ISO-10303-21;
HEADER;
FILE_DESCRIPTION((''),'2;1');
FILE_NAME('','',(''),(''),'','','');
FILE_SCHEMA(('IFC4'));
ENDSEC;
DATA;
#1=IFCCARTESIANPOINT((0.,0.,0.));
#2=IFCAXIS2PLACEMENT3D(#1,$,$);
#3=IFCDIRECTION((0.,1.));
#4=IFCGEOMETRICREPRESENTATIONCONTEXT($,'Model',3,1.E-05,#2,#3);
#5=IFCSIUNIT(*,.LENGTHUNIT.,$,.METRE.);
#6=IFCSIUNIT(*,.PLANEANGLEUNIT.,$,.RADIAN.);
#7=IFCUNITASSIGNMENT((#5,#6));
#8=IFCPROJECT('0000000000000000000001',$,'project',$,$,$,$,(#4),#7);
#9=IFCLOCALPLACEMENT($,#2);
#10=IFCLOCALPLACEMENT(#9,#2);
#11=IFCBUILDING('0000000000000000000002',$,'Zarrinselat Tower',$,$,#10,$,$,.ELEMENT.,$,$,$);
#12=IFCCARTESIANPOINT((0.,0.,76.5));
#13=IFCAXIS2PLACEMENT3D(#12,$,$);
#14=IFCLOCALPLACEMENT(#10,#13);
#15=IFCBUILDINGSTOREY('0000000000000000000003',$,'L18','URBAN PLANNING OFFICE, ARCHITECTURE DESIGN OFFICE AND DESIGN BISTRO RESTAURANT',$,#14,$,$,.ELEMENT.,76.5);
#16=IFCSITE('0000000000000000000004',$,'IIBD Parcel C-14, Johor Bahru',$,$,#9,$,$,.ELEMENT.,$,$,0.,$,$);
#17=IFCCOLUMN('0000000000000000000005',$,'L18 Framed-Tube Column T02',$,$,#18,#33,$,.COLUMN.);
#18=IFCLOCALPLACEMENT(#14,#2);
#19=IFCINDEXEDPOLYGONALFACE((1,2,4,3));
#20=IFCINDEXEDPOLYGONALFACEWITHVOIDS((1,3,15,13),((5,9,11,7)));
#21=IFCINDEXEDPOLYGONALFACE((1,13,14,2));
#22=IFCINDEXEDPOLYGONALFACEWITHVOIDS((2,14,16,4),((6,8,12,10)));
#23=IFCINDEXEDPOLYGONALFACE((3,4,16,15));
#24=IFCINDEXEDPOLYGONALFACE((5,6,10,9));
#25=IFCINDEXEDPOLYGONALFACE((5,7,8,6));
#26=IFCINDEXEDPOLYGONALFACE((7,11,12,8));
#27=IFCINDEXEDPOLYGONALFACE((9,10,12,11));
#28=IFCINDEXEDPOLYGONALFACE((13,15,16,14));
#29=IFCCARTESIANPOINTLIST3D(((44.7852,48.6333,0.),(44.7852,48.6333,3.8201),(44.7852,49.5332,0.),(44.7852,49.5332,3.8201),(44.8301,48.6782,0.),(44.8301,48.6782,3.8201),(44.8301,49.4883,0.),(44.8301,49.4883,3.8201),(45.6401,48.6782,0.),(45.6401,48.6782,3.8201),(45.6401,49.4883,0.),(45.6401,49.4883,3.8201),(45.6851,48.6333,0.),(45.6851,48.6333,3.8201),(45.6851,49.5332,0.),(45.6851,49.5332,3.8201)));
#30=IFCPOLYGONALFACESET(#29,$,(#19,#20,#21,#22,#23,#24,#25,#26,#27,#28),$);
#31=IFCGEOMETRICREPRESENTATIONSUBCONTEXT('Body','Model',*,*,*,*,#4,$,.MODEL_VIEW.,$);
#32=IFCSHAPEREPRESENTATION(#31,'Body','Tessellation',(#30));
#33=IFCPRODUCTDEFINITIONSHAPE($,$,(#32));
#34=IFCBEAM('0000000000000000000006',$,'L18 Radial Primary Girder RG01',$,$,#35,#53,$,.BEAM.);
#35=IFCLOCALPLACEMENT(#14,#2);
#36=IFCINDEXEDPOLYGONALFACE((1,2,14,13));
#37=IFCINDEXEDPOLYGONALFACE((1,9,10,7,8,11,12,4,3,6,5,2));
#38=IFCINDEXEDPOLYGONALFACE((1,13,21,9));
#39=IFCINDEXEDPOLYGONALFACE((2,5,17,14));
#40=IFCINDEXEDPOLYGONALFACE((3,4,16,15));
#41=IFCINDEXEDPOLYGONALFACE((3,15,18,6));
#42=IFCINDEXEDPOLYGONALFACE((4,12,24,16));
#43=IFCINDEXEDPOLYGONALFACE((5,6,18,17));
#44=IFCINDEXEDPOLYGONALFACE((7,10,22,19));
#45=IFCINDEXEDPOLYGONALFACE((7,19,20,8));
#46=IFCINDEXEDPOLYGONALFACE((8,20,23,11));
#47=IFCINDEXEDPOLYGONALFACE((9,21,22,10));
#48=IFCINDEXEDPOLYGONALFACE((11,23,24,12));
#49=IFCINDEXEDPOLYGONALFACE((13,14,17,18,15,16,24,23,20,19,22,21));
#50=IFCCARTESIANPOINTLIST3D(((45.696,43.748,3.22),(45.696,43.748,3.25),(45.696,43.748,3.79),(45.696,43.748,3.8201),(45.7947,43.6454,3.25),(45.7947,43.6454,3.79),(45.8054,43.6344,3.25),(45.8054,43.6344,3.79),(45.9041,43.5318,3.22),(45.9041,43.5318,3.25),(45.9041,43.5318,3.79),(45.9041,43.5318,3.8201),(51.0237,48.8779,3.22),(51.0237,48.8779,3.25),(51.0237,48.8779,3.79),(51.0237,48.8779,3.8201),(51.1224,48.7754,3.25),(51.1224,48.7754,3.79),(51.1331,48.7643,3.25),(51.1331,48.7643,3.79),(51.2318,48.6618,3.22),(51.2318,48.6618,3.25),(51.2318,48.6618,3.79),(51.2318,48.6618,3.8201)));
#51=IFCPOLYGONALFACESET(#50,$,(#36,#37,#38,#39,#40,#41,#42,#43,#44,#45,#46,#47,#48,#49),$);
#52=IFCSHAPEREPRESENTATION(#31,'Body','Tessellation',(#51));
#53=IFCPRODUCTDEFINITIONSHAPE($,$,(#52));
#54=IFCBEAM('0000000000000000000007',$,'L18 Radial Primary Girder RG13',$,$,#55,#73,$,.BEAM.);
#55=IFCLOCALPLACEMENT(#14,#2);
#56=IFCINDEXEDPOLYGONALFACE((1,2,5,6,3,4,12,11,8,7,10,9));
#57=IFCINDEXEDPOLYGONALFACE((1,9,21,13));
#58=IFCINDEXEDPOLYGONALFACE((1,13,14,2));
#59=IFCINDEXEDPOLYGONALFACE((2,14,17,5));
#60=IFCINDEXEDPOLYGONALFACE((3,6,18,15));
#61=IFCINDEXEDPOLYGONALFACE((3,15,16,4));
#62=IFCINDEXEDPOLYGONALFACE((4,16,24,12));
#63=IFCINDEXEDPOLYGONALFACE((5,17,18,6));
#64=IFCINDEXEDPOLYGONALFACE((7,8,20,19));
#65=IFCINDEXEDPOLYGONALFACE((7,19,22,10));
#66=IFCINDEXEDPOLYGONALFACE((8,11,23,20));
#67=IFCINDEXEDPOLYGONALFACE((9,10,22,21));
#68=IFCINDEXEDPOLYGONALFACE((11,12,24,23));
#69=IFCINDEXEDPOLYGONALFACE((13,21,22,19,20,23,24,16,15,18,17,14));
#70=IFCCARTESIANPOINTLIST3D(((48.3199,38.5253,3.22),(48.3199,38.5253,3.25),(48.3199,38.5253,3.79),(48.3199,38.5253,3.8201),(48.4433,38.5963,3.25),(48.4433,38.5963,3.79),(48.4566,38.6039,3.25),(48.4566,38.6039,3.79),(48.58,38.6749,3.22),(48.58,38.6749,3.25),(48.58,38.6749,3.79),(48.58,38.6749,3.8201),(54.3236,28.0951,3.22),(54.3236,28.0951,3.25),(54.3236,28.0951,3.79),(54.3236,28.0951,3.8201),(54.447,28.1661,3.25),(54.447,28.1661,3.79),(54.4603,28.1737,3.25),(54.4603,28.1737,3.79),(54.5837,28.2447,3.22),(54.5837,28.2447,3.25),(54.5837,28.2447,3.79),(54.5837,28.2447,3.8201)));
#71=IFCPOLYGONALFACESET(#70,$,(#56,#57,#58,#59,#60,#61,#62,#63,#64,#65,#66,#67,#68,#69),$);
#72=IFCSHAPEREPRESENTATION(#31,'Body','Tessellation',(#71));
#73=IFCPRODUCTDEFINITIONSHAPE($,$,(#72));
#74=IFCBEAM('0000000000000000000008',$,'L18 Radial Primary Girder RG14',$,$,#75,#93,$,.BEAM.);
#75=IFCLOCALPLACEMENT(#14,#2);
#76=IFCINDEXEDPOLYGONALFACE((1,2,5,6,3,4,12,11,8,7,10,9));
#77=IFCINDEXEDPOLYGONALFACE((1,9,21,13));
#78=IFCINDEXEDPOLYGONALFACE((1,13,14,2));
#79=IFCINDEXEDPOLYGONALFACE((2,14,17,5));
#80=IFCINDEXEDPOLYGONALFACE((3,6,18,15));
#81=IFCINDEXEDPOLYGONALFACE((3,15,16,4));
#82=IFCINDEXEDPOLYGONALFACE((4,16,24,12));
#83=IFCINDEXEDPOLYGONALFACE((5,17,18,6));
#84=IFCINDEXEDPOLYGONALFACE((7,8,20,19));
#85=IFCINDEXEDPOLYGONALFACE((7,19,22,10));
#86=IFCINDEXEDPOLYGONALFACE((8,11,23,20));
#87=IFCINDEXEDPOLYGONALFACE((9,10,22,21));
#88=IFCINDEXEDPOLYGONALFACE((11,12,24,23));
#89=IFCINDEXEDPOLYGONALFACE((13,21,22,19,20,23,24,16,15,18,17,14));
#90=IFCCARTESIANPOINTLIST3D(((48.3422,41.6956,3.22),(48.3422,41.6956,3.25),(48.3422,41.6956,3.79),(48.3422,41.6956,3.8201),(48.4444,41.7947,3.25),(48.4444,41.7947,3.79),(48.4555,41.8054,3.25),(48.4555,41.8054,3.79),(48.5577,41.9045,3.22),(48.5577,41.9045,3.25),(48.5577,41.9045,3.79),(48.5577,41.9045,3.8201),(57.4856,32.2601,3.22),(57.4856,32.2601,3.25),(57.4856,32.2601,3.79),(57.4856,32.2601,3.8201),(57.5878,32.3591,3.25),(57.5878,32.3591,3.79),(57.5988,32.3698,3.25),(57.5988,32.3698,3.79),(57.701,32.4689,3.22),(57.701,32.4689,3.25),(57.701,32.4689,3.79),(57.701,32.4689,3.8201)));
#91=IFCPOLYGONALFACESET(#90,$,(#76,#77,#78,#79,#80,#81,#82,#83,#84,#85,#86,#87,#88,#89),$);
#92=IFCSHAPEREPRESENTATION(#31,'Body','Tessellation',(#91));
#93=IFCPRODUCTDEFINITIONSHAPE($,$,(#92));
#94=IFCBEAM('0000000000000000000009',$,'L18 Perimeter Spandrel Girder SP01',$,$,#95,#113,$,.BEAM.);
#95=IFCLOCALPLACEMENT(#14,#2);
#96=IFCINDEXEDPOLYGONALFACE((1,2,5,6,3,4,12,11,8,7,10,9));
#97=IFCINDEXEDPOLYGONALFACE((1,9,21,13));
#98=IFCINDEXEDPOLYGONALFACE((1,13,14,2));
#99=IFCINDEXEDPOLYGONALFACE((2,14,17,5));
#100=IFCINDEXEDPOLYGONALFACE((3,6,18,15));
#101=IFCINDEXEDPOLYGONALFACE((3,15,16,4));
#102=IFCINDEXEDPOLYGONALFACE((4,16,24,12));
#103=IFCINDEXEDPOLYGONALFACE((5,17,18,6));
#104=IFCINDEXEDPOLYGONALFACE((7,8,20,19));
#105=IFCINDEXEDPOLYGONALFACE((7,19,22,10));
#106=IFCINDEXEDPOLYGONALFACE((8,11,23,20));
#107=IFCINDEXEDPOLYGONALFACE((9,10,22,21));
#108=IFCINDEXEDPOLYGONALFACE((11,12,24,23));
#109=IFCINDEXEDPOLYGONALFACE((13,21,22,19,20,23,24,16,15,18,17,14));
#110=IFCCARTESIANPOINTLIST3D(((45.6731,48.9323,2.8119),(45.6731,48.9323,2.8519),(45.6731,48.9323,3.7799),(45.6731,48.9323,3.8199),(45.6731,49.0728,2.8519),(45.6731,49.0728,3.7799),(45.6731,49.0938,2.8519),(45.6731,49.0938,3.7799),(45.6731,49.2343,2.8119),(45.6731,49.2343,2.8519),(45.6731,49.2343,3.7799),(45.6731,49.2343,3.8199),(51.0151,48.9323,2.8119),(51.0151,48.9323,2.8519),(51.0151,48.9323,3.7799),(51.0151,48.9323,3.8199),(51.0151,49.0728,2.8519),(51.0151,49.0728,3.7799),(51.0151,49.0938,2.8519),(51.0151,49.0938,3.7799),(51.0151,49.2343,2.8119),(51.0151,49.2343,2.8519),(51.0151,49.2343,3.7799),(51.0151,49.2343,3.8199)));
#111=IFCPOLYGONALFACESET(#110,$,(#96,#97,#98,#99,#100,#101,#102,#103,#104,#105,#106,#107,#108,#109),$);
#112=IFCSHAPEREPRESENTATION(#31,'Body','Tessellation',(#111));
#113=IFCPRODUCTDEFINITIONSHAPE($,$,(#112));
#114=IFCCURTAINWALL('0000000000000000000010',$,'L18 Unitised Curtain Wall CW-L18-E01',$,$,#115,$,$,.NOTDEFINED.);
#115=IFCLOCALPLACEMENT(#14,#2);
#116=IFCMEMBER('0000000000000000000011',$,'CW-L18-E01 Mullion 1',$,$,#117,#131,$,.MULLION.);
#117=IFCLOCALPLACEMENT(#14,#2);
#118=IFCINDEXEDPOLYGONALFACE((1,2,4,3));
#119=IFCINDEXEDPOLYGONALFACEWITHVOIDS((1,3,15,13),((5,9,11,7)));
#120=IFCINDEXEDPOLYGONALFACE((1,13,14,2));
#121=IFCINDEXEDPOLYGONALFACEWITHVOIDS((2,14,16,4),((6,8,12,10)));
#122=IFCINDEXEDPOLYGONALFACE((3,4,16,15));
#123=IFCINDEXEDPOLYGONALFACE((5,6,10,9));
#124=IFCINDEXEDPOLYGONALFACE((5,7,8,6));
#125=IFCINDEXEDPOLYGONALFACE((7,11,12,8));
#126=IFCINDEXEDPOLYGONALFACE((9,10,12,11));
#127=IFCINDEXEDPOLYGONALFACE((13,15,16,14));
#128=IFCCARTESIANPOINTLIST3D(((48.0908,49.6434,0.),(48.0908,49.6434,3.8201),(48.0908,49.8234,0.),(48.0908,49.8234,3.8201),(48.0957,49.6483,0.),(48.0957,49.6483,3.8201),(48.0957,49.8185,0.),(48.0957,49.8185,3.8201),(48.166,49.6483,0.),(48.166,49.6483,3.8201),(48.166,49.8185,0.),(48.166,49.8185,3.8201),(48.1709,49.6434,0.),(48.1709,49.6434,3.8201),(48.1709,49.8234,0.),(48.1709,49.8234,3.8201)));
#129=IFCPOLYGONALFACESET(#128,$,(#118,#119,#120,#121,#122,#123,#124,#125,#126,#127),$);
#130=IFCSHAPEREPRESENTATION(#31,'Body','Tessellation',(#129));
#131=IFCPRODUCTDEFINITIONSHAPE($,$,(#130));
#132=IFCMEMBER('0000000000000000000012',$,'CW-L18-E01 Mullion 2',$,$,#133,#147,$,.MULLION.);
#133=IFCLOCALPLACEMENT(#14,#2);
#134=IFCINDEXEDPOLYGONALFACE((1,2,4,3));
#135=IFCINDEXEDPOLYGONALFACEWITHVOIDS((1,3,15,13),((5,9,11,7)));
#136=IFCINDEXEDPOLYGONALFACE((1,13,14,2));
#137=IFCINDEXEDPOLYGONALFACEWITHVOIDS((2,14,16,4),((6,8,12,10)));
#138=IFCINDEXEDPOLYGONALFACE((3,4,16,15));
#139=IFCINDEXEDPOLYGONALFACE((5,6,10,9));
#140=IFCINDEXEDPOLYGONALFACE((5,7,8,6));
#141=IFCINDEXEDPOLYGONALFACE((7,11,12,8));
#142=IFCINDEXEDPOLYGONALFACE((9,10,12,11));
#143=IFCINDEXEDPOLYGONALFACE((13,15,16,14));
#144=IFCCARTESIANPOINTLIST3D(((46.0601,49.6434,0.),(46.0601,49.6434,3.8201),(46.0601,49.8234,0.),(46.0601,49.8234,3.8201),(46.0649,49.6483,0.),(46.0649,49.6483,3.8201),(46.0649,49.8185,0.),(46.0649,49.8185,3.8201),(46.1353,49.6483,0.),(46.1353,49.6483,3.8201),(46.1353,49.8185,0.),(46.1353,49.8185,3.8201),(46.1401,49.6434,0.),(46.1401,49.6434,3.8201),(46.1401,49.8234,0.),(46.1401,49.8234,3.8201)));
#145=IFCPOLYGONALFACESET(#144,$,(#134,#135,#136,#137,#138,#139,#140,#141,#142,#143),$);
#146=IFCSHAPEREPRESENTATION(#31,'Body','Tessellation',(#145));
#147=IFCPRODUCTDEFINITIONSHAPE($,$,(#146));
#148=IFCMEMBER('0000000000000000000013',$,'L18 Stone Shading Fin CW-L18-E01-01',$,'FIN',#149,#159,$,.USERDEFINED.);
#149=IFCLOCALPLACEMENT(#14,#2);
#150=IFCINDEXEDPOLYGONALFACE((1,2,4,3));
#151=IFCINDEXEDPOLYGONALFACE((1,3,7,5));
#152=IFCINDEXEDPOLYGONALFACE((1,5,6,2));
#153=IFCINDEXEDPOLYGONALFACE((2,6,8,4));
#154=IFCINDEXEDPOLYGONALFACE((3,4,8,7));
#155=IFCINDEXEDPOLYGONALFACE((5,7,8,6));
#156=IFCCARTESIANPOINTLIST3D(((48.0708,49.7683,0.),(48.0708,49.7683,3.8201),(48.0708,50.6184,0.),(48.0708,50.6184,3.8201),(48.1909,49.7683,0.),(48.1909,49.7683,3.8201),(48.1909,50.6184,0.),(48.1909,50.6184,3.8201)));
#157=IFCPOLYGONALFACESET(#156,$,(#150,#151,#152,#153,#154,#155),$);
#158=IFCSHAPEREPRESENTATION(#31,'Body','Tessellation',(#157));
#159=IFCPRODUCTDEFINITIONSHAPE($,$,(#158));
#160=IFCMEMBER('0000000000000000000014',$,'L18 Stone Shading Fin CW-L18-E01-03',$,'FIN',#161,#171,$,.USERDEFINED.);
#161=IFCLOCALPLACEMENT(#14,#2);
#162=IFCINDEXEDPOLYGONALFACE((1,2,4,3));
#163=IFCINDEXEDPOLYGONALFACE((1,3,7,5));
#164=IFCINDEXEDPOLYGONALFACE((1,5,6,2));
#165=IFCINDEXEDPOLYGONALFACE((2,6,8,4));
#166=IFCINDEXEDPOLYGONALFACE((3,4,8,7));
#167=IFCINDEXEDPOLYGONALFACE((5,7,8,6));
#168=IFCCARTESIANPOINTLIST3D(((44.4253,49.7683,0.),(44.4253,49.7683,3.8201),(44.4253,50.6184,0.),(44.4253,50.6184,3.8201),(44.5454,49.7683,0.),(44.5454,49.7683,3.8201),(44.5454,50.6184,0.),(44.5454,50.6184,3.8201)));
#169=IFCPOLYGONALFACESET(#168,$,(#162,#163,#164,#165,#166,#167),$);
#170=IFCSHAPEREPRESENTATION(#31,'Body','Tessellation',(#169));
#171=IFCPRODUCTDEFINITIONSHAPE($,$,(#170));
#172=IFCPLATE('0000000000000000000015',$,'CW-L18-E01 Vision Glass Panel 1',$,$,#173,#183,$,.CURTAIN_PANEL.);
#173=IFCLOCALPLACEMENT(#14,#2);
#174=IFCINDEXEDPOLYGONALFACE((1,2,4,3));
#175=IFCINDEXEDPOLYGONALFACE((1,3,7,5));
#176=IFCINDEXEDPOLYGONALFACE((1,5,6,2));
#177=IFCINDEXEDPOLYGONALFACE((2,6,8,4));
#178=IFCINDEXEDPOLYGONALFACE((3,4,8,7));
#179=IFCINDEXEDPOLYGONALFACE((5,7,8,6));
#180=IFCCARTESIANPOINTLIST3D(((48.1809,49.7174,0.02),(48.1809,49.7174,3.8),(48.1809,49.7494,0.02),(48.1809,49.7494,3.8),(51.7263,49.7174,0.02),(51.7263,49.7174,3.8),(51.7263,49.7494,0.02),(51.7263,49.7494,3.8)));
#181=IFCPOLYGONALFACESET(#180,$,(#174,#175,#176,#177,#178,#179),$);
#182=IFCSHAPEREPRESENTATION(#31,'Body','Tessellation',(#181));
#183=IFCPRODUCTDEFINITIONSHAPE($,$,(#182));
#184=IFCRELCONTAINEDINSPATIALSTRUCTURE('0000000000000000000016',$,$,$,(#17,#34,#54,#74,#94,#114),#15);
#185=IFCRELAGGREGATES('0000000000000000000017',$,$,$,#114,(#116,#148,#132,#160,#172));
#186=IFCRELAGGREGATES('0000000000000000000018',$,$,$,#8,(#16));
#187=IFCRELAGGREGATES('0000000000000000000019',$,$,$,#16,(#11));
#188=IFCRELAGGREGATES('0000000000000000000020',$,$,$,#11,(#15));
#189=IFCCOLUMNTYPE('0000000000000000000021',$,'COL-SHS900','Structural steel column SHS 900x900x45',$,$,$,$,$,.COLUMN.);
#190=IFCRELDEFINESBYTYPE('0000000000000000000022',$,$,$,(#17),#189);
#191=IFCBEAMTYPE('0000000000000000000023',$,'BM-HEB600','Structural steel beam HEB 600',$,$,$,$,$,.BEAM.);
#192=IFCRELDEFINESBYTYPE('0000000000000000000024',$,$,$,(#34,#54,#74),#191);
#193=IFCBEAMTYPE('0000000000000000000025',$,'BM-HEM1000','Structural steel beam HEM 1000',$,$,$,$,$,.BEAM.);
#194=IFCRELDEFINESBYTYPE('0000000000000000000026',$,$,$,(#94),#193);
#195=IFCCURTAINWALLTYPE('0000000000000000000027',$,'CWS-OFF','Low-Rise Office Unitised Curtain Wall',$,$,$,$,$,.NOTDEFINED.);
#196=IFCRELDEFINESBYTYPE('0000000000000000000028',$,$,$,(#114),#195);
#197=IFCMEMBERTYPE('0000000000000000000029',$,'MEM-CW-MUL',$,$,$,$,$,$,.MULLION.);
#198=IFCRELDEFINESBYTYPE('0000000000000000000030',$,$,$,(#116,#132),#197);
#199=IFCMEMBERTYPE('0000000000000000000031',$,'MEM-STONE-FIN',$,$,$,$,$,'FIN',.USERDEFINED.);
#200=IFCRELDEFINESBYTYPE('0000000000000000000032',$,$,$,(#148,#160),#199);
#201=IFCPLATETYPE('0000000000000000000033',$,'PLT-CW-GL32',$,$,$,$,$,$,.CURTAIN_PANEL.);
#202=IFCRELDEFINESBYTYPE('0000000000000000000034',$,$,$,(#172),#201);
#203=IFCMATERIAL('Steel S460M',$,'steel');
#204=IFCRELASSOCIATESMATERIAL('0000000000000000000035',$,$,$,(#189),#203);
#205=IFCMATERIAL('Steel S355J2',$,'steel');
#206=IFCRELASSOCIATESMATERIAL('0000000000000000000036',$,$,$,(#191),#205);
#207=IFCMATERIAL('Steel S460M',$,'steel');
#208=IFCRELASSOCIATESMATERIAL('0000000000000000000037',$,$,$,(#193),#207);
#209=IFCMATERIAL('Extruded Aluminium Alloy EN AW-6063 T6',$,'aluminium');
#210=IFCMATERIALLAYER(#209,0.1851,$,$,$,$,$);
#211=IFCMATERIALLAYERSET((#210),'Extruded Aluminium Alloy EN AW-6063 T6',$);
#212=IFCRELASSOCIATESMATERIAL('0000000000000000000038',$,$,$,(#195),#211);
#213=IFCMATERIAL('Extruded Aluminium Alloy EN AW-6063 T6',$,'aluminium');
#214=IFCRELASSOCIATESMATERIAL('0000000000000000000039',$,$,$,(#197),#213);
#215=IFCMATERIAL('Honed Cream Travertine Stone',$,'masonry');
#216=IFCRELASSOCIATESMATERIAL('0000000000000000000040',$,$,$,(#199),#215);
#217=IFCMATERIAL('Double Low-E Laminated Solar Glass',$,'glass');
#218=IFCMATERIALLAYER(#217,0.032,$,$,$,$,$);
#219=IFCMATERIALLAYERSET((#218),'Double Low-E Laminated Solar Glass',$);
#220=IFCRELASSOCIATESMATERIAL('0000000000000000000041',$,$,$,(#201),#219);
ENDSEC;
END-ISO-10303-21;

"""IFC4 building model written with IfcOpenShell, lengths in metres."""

from ifc_helpers import new_model, si_unit, direction, frame, origin, origin_2d, place, context, subcontext, project, spatial, rectangle, hollow_rectangle, i_section, extrude, material, layer, layer_set, material_profile, profile_set, type_object, element, aggregate, save


model = new_model("IFC4")

# Units and contexts
model_context = context("Model", 3, precision=1e-05, world=origin(), true_north=direction((0.0, 1.0)))
body_context = subcontext(model_context, "Body", "Model", "MODEL_VIEW")
ifc_project = project(units=[si_unit("LENGTHUNIT", "METRE"), si_unit("PLANEANGLEUNIT", "RADIAN")], contexts=[model_context])

# Site, building, storey
site_placement = place(None, origin())
site = spatial("IfcSite", under=ifc_project, at=site_placement, Name="IIBD Parcel C-14, Johor Bahru", CompositionType="ELEMENT", RefElevation=0.0)
building_placement = place(site_placement, origin())
building = spatial("IfcBuilding", under=site, at=building_placement, Name="Zarrinselat Tower", CompositionType="ELEMENT")
storey_placement = place(building_placement, frame((0.0, 0.0, 76.5)))
storey = spatial("IfcBuildingStorey", under=building, at=storey_placement, Name="L18", Description="URBAN PLANNING OFFICE, ARCHITECTURE DESIGN OFFICE AND DESIGN BISTRO RESTAURANT", CompositionType="ELEMENT", Elevation=76.5)

# Column
ifc_material_1 = material(Name="Steel S460M", Category="steel")
ifc_material_profile_1 = material_profile(ifc_material_1, hollow_rectangle(XDim=0.8999, YDim=0.8999, WallThickness=0.0449, at=origin_2d()), Name="SHS 900x900x45")
ifc_profile_set_1 = profile_set([ifc_material_profile_1], Name="Steel S460M")
column_type = type_object("IfcColumnType", Name="COL-SHS900", Description="Structural steel column SHS 900x900x45", PredefinedType="COLUMN", material=ifc_profile_set_1)
column_placement = place(storey_placement, frame((45.2351, 49.0833, 0.0), z_axis=(0.0, 0.0, 1.0), x_axis=(1.0, 0.0, 0.0)))
element("IfcColumn", 1, at=column_placement, inside=storey, type_object=column_type, Name="L18 Framed-Tube Column T02", PredefinedType="COLUMN", context=body_context, shape_type="SweptSolid", body=[
    extrude(hollow_rectangle(XDim=0.8999, YDim=0.8999, WallThickness=0.0449, at=origin_2d()), origin(), (0.0, 0.0, 1.0), 3.8201),
])

# Beams
ifc_material_2 = material(Name="Steel S355J2", Category="steel")
ifc_material_profile_2 = material_profile(ifc_material_2, i_section(OverallWidth=0.3, OverallDepth=0.6001, WebThickness=0.0154, FlangeThickness=0.03, at=origin_2d()), Name="HEB 600")
ifc_profile_set_2 = profile_set([ifc_material_profile_2], Name="Steel S355J2")
beam_type_1 = type_object("IfcBeamType", Name="BM-HEB600", Description="Structural steel beam HEB 600", PredefinedType="BEAM", material=ifc_profile_set_2)
beam_1_placement = place(storey_placement, frame((45.8, 43.6399, 3.52), z_axis=(0.72035, 0.693611, 0.0), x_axis=(-0.693611, 0.72035, 0.0)))
element("IfcBeam", 2, at=beam_1_placement, inside=storey, type_object=beam_type_1, Name="L18 Radial Primary Girder RG01", PredefinedType="BEAM", context=body_context, shape_type="SweptSolid", body=[
    extrude(i_section(OverallWidth=0.3, OverallDepth=0.6001, WebThickness=0.0154, FlangeThickness=0.03, at=origin_2d()), origin(), (0.0, 0.0, 1.0), 7.396),
])
beam_2_placement = place(storey_placement, frame((48.45, 38.6001, 3.52), z_axis=(0.498865, -0.86668, 0.0), x_axis=(0.86668, 0.498865, 0.0)))
element("IfcBeam", 3, at=beam_2_placement, inside=storey, type_object=beam_type_1, Name="L18 Radial Primary Girder RG13", PredefinedType="BEAM", context=body_context, shape_type="SweptSolid", body=[
    extrude(i_section(OverallWidth=0.3, OverallDepth=0.6001, WebThickness=0.0154, FlangeThickness=0.03, at=origin_2d()), origin(), (0.0, 0.0, 1.0), 12.0347),
])
beam_3_placement = place(storey_placement, frame((48.45, 41.8, 3.52), z_axis=(0.695898, -0.71814, 0.0), x_axis=(0.71814, 0.695898, 0.0)))
element("IfcBeam", 4, at=beam_3_placement, inside=storey, type_object=beam_type_1, Name="L18 Radial Primary Girder RG14", PredefinedType="BEAM", context=body_context, shape_type="SweptSolid", body=[
    extrude(i_section(OverallWidth=0.3, OverallDepth=0.6001, WebThickness=0.0154, FlangeThickness=0.03, at=origin_2d()), origin(), (0.0, 0.0, 1.0), 13.1389),
])
ifc_material_3 = material(Name="Steel S460M", Category="steel")
ifc_material_profile_3 = material_profile(ifc_material_3, i_section(OverallWidth=0.302, OverallDepth=1.0081, WebThickness=0.021, FlangeThickness=0.04, at=origin_2d()), Name="HEM 1000")
ifc_profile_set_3 = profile_set([ifc_material_profile_3], Name="Steel S460M")
beam_type_2 = type_object("IfcBeamType", Name="BM-HEM1000", Description="Structural steel beam HEM 1000", PredefinedType="BEAM", material=ifc_profile_set_3)
beam_4_placement = place(storey_placement, frame((45.6731, 49.0833, 3.3159), z_axis=(1.0, 0.0, 0.0), x_axis=(0.0, 1.0, 0.0)))
element("IfcBeam", 5, at=beam_4_placement, inside=storey, type_object=beam_type_2, Name="L18 Perimeter Spandrel Girder SP01", PredefinedType="BEAM", context=body_context, shape_type="SweptSolid", body=[
    extrude(i_section(OverallWidth=0.302, OverallDepth=1.0081, WebThickness=0.021, FlangeThickness=0.04, at=origin_2d()), origin(), (0.0, 0.0, 1.0), 5.342),
])

# Curtain wall, members, plate
ifc_material_4 = material(Name="Extruded Aluminium Alloy EN AW-6063 T6", Category="aluminium")
ifc_layer_1 = layer(ifc_material_4, 0.1851)
ifc_layer_set_1 = layer_set([ifc_layer_1], Name="Extruded Aluminium Alloy EN AW-6063 T6")
curtain_wall_type = type_object("IfcCurtainWallType", Name="CWS-OFF", Description="Low-Rise Office Unitised Curtain Wall", PredefinedType="NOTDEFINED", material=ifc_layer_set_1)
curtain_wall_placement = place(storey_placement, origin())
curtain_wall = element("IfcCurtainWall", 6, at=curtain_wall_placement, inside=storey, type_object=curtain_wall_type, Name="L18 Unitised Curtain Wall CW-L18-E01", PredefinedType="NOTDEFINED")
ifc_material_5 = material(Name="Extruded Aluminium Alloy EN AW-6063 T6", Category="aluminium")
ifc_material_profile_4 = material_profile(ifc_material_5, hollow_rectangle(XDim=0.0801, YDim=0.1799, WallThickness=0.0049, at=origin_2d()), Name="RHS 180x80x5")
ifc_profile_set_4 = profile_set([ifc_material_profile_4], Name="Extruded Aluminium Alloy EN AW-6063 T6")
member_type_1 = type_object("IfcMemberType", Name="MEM-CW-MUL", PredefinedType="MULLION", material=ifc_profile_set_4)
member_1_placement = place(storey_placement, frame((48.1309, 49.7334, 0.0), z_axis=(0.0, 0.0, 1.0), x_axis=(-1.0, 0.0, 0.0)))
member_1 = element("IfcMember", 7, at=member_1_placement, type_object=member_type_1, Name="CW-L18-E01 Mullion 1", PredefinedType="MULLION", context=body_context, shape_type="SweptSolid", body=[
    extrude(hollow_rectangle(XDim=0.0801, YDim=0.1799, WallThickness=0.0049, at=origin_2d()), origin(), (0.0, 0.0, 1.0), 3.8201),
])
member_2_placement = place(storey_placement, frame((46.1001, 49.7334, 0.0), z_axis=(0.0, 0.0, 1.0), x_axis=(-1.0, 0.0, 0.0)))
member_2 = element("IfcMember", 8, at=member_2_placement, type_object=member_type_1, Name="CW-L18-E01 Mullion 2", PredefinedType="MULLION", context=body_context, shape_type="SweptSolid", body=[
    extrude(hollow_rectangle(XDim=0.0801, YDim=0.1799, WallThickness=0.0049, at=origin_2d()), origin(), (0.0, 0.0, 1.0), 3.8201),
])
ifc_material_6 = material(Name="Honed Cream Travertine Stone", Category="masonry")
ifc_material_profile_5 = material_profile(ifc_material_6, rectangle(XDim=0.1201, YDim=0.8501, at=origin_2d()), Name="FIN 850x120")
ifc_profile_set_5 = profile_set([ifc_material_profile_5], Name="Honed Cream Travertine Stone")
member_type_2 = type_object("IfcMemberType", Name="MEM-STONE-FIN", ElementType="FIN", PredefinedType="USERDEFINED", material=ifc_profile_set_5)
member_3_placement = place(storey_placement, frame((48.1309, 50.1934, 0.0), z_axis=(0.0, 0.0, 1.0), x_axis=(1.0, 0.0, 0.0)))
member_3 = element("IfcMember", 9, at=member_3_placement, type_object=member_type_2, Name="L18 Stone Shading Fin CW-L18-E01-01", ObjectType="FIN", PredefinedType="USERDEFINED", context=body_context, shape_type="SweptSolid", body=[
    extrude(rectangle(XDim=0.1201, YDim=0.8501, at=origin_2d()), origin(), (0.0, 0.0, 1.0), 3.8201),
])
member_4_placement = place(storey_placement, frame((44.4854, 50.1934, 0.0), z_axis=(0.0, 0.0, 1.0), x_axis=(1.0, 0.0, 0.0)))
member_4 = element("IfcMember", 10, at=member_4_placement, type_object=member_type_2, Name="L18 Stone Shading Fin CW-L18-E01-03", ObjectType="FIN", PredefinedType="USERDEFINED", context=body_context, shape_type="SweptSolid", body=[
    extrude(rectangle(XDim=0.1201, YDim=0.8501, at=origin_2d()), origin(), (0.0, 0.0, 1.0), 3.8201),
])
ifc_material_7 = material(Name="Double Low-E Laminated Solar Glass", Category="glass")
ifc_layer_2 = layer(ifc_material_7, 0.032)
ifc_layer_set_2 = layer_set([ifc_layer_2], Name="Double Low-E Laminated Solar Glass")
plate_type = type_object("IfcPlateType", Name="PLT-CW-GL32", PredefinedType="CURTAIN_PANEL", material=ifc_layer_set_2)
plate_1_placement = place(storey_placement, frame((49.9536, 49.7334, 0.02), z_axis=(0.0, 0.0, 1.0), x_axis=(-1.0, 0.0, 0.0)))
plate_1 = element("IfcPlate", 11, at=plate_1_placement, type_object=plate_type, Name="CW-L18-E01 Vision Glass Panel 1", PredefinedType="CURTAIN_PANEL", context=body_context, shape_type="SweptSolid", body=[
    extrude(rectangle(XDim=3.5454, YDim=0.032, at=origin_2d()), origin(), (0.0, 0.0, 1.0), 3.78),
])
aggregate(curtain_wall, [member_1, member_3, member_2, member_4, plate_1])

save(model, "model.ifc")
